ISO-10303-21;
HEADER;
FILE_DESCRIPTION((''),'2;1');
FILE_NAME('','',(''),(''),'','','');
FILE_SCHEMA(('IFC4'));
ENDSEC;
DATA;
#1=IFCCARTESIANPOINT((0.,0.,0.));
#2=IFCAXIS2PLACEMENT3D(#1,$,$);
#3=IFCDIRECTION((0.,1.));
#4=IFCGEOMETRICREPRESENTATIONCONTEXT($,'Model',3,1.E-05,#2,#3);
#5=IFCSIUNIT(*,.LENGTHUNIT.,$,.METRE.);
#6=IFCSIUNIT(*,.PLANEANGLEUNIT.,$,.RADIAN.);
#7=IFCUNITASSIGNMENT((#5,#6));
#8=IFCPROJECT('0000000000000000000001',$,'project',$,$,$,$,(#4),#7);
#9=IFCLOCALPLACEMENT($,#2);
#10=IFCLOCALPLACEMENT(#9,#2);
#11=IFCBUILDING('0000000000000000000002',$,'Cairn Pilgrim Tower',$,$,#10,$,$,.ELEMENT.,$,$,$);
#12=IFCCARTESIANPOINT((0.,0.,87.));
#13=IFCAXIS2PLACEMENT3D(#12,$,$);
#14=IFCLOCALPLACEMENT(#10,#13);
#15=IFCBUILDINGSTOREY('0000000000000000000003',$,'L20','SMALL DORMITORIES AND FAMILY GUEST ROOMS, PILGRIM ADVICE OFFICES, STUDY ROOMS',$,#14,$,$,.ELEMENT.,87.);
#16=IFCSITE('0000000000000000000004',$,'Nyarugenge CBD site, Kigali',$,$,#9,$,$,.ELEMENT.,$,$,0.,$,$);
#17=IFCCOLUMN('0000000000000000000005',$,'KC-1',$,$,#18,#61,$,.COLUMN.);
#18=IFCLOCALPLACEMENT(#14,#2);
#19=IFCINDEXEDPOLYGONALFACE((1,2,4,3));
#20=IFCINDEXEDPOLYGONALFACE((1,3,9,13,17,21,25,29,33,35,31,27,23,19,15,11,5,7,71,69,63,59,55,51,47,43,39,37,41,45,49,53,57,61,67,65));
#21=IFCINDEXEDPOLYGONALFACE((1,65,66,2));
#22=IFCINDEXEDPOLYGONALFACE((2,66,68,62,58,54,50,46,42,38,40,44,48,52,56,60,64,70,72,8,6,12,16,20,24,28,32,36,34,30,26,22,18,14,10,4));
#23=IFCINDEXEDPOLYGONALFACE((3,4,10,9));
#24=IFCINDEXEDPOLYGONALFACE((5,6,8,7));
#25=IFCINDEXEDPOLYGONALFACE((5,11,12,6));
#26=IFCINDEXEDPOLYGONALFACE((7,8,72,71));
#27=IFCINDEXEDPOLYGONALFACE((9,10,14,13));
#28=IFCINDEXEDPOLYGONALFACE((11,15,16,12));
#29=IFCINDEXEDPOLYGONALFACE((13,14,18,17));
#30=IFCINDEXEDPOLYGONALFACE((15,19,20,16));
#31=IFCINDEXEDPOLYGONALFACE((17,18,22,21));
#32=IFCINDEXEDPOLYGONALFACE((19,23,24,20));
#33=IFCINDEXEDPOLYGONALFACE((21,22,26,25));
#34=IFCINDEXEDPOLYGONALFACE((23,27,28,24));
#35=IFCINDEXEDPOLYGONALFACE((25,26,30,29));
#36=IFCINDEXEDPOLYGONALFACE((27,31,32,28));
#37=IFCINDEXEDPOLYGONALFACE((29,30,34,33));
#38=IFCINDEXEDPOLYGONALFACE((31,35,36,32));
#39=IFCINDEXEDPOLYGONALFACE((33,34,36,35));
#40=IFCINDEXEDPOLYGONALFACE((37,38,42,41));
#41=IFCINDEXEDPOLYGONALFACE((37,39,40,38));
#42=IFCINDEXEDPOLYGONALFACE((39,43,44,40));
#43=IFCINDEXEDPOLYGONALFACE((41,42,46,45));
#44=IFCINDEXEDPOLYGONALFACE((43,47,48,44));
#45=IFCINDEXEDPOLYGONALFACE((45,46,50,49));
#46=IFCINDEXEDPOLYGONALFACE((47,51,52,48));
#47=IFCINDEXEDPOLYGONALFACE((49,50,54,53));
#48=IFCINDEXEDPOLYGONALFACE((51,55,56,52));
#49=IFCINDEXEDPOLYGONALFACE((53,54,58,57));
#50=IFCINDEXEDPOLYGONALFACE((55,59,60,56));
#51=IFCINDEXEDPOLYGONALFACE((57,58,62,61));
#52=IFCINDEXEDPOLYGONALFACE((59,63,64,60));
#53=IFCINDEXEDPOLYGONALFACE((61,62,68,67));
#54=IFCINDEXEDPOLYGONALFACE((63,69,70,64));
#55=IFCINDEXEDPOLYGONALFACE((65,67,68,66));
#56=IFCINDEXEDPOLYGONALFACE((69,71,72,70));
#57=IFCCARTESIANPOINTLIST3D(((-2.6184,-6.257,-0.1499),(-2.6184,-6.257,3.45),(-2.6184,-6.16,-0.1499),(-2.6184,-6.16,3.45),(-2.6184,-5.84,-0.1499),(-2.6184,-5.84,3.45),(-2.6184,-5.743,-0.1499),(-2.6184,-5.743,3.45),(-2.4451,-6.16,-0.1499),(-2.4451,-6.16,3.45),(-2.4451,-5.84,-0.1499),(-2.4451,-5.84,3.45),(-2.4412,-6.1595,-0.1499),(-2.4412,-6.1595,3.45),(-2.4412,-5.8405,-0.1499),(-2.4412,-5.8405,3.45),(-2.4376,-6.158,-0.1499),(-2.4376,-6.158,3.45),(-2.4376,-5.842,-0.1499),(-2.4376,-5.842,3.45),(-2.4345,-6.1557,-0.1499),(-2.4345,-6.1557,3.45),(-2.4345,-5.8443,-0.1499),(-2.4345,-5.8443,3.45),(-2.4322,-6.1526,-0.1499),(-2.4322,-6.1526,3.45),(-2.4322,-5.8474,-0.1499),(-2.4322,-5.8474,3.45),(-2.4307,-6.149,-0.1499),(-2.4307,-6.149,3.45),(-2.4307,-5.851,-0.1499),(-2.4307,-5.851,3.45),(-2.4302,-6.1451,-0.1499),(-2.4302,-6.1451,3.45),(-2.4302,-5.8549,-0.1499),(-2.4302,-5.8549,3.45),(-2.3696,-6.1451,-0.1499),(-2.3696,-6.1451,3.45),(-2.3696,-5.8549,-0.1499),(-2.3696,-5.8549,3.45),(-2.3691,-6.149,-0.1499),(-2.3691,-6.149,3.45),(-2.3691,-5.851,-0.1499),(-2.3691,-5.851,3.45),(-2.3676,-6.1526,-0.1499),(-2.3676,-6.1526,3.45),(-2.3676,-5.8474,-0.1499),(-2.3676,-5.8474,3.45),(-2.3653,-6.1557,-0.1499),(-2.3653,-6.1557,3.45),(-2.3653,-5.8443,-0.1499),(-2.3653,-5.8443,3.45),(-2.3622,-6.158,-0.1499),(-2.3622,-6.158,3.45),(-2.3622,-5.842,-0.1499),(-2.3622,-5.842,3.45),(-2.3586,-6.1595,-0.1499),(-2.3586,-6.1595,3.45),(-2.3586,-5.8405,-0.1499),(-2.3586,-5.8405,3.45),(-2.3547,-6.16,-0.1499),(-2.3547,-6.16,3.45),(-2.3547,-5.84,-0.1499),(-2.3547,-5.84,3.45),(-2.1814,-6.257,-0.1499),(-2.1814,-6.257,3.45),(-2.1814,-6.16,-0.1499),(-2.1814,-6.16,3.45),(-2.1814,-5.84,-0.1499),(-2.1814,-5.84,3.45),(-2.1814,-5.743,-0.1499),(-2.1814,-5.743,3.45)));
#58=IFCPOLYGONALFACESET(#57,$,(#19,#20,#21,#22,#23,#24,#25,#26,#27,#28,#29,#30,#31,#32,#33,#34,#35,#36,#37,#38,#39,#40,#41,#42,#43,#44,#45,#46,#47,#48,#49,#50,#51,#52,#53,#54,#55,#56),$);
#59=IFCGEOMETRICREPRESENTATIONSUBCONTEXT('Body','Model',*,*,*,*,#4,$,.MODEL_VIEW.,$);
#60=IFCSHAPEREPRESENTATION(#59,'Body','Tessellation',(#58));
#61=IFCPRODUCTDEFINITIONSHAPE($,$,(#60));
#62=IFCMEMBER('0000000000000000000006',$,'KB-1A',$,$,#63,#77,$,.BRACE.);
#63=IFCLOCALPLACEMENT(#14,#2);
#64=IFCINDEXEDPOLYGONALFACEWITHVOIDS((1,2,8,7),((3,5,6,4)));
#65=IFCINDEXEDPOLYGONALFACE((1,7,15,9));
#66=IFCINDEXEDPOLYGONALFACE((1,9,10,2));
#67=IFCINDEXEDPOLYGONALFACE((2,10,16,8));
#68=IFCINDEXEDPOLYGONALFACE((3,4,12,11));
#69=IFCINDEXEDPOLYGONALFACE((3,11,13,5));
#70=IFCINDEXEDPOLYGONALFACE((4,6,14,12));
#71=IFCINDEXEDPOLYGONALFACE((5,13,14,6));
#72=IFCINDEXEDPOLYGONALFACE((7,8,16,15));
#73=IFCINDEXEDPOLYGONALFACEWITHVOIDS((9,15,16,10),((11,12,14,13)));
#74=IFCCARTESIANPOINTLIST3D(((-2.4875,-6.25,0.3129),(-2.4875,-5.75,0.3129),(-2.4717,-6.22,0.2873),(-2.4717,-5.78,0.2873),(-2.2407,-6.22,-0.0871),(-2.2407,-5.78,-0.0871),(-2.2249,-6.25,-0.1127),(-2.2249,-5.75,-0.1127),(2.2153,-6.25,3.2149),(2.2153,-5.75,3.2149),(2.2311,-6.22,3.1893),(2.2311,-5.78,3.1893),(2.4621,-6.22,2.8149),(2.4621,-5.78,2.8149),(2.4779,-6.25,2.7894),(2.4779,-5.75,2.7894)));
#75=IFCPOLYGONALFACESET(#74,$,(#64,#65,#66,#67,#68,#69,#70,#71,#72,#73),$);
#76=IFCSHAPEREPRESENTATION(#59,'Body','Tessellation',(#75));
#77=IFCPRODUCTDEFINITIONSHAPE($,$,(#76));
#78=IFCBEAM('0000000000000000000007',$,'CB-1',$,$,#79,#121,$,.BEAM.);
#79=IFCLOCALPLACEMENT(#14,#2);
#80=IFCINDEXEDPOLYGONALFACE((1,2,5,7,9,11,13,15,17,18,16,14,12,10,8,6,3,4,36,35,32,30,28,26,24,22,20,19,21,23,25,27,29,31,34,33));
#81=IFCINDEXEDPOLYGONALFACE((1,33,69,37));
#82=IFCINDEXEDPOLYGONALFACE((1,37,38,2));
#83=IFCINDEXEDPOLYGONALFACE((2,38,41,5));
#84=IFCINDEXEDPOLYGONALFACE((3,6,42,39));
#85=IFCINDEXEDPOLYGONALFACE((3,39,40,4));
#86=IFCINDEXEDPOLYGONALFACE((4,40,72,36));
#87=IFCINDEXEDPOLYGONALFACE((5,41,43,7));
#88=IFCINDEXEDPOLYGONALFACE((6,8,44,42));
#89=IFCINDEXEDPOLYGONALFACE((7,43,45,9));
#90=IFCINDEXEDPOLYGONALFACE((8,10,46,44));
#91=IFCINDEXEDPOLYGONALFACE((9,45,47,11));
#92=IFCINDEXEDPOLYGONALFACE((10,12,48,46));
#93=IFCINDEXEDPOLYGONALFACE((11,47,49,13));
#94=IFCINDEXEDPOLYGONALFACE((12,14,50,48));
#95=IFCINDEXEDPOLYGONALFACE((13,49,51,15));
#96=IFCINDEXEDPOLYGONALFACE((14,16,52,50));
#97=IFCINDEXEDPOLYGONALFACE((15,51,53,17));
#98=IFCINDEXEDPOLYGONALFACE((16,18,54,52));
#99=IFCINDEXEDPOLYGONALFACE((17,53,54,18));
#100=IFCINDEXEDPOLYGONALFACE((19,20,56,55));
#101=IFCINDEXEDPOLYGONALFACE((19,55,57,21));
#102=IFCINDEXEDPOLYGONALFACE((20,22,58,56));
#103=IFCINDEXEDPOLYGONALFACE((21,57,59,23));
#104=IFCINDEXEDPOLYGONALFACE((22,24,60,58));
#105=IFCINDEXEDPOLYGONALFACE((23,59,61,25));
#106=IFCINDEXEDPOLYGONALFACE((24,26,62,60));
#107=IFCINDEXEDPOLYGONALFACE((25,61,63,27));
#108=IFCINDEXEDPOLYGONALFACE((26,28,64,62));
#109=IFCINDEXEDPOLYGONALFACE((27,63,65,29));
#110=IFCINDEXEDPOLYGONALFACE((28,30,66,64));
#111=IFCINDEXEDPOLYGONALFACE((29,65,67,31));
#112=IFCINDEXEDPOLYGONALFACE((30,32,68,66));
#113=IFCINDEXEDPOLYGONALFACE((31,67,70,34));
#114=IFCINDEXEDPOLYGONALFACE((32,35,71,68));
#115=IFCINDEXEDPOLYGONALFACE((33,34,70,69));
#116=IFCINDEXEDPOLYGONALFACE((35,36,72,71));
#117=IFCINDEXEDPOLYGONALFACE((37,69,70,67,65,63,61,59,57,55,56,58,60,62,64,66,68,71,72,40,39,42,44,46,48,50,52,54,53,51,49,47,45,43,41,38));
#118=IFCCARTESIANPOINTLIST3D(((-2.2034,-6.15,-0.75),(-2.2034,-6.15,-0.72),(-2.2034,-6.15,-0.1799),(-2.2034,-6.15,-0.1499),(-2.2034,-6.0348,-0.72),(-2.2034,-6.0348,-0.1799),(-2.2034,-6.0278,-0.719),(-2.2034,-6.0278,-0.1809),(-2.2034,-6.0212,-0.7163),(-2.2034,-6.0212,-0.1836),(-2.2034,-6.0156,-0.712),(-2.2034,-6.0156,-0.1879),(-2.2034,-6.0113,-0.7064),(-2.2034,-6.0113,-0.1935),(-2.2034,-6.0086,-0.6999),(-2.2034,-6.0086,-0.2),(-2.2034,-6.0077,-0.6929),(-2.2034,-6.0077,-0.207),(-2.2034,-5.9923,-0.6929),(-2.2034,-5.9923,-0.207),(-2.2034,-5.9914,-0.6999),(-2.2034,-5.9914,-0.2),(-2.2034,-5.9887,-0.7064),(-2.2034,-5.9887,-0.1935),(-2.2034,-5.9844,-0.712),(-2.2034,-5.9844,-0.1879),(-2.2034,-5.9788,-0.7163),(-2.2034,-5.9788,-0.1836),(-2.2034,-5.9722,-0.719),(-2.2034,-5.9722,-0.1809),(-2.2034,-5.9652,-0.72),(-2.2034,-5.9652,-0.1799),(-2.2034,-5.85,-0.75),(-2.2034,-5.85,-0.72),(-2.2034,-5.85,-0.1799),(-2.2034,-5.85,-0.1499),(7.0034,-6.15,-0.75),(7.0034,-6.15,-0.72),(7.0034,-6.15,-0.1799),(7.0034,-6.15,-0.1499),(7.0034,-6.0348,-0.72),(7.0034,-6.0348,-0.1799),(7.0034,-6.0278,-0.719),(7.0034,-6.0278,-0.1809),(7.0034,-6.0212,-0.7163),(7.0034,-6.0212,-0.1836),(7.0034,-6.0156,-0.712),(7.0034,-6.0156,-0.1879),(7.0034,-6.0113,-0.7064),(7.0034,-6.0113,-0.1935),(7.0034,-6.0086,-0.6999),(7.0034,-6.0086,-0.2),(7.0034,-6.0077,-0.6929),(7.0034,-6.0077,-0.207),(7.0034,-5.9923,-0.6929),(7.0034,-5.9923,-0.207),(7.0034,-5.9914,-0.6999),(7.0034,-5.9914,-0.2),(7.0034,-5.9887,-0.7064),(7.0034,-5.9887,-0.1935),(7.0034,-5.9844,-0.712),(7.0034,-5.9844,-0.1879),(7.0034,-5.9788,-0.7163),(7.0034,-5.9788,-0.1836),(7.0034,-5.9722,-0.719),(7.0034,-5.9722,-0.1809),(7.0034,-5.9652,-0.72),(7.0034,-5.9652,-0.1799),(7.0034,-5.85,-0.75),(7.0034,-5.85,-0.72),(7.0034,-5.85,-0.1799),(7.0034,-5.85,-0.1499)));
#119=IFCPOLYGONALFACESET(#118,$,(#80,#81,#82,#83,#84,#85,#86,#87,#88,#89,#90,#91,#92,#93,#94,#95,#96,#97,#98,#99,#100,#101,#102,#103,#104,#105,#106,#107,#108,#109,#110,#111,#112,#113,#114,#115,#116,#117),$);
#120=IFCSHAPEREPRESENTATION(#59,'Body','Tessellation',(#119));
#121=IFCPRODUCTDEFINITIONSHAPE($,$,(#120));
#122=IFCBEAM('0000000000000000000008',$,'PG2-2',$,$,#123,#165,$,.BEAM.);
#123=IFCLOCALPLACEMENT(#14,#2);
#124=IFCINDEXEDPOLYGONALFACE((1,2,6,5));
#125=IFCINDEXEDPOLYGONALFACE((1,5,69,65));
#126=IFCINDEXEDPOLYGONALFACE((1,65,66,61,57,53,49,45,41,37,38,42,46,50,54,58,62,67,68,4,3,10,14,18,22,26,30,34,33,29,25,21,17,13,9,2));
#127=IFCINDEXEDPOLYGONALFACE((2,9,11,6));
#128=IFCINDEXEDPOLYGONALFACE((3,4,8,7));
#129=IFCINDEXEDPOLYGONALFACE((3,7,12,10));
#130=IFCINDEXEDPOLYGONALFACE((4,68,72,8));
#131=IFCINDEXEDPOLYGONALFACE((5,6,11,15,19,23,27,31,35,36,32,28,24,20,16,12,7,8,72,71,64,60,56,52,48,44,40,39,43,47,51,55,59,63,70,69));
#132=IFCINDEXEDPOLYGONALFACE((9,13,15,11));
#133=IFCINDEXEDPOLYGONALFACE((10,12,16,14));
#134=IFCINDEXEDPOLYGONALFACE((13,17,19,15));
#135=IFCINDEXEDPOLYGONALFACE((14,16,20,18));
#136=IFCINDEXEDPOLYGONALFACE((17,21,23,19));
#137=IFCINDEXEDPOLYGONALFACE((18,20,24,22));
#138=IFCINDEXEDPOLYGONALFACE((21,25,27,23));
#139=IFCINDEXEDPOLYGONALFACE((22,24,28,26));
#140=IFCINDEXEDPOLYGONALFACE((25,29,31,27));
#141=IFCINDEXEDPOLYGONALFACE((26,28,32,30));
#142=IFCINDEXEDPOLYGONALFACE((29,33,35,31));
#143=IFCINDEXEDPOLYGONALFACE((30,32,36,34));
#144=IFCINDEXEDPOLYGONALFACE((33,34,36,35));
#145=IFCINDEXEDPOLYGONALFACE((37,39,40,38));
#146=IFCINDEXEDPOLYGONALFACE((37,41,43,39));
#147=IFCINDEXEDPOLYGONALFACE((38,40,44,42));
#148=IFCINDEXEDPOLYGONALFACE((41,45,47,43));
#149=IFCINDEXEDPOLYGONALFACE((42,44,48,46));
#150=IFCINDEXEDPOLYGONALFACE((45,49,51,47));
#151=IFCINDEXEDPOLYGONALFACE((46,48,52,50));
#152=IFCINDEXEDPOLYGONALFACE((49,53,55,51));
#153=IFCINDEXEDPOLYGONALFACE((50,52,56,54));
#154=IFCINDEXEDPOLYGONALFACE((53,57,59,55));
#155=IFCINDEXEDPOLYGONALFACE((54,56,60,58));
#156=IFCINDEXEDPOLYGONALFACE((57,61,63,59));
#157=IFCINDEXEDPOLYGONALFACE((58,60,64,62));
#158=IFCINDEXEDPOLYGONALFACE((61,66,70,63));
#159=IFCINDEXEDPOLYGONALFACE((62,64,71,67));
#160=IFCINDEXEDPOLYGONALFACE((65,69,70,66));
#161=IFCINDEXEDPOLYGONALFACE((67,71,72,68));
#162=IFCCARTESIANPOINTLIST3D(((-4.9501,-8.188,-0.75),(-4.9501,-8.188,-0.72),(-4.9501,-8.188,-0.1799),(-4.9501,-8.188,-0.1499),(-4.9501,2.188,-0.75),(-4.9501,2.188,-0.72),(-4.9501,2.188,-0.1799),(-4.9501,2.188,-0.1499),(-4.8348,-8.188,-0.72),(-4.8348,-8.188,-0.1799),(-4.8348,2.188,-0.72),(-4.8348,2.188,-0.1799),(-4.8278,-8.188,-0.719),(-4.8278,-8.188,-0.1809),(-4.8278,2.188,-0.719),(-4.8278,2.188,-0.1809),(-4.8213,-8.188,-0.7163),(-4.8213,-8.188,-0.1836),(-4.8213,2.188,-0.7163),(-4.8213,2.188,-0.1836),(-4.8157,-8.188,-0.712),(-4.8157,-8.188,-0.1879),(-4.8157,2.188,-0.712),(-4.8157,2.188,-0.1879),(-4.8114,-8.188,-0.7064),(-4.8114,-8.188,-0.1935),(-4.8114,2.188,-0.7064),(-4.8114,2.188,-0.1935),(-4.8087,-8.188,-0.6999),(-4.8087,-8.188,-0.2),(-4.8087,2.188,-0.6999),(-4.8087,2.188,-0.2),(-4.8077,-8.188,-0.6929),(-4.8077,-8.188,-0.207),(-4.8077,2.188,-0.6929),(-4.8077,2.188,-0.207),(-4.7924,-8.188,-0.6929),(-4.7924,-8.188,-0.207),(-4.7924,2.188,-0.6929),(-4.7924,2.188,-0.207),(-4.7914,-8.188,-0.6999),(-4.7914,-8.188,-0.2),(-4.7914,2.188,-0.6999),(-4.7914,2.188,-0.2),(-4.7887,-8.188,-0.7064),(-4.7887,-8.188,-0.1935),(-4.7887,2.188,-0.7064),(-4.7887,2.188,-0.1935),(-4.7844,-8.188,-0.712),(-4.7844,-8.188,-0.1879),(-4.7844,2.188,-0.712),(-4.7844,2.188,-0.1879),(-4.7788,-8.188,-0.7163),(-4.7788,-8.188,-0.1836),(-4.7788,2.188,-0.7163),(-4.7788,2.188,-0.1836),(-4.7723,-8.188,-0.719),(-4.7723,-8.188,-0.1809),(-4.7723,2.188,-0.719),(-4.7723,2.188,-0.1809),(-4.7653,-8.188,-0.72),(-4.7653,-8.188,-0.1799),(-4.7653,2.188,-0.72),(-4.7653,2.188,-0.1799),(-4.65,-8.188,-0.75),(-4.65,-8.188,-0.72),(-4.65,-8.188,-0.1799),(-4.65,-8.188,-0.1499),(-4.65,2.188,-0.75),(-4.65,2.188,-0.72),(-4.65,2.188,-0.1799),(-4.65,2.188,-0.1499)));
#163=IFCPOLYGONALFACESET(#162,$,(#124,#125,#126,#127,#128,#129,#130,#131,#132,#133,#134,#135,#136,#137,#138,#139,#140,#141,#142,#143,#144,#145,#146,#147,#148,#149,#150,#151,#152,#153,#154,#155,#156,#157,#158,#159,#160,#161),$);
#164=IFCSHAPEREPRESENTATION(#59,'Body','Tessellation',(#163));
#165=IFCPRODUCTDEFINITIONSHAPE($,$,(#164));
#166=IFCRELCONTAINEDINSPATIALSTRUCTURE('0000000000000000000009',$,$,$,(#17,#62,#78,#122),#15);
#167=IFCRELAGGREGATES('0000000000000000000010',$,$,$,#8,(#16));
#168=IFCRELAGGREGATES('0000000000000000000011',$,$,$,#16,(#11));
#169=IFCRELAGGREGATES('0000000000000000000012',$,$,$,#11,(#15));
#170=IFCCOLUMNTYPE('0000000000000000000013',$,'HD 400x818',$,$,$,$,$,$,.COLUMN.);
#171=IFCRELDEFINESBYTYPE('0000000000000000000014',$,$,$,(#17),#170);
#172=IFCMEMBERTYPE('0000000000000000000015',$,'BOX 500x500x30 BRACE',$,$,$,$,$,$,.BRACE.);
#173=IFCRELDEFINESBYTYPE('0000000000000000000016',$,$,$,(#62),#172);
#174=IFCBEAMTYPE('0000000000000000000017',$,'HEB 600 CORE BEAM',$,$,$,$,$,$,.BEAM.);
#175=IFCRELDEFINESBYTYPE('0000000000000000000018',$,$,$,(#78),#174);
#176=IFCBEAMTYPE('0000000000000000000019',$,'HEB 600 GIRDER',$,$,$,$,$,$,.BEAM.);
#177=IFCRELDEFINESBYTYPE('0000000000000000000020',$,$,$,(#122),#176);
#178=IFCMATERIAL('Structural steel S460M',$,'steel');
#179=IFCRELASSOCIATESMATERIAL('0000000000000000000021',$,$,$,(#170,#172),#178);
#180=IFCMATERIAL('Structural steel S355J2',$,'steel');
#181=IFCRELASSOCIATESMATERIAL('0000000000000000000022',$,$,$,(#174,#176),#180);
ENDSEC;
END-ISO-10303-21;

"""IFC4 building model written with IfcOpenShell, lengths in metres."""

from ifc_helpers import new_model, si_unit, direction, frame, origin, origin_2d, place, context, subcontext, project, spatial, hollow_rectangle, i_section, extrude, material, material_profile, profile_set, type_object, element, save


model = new_model("IFC4")

# Units and contexts
model_context = context("Model", 3, precision=1e-05, world=origin(), true_north=direction((0.0, 1.0)))
body_context = subcontext(model_context, "Body", "Model", "MODEL_VIEW")
ifc_project = project(units=[si_unit("LENGTHUNIT", "METRE"), si_unit("PLANEANGLEUNIT", "RADIAN")], contexts=[model_context])

# Site, building, storey
site_placement = place(None, origin())
site = spatial("IfcSite", under=ifc_project, at=site_placement, Name="Nyarugenge CBD site, Kigali", CompositionType="ELEMENT", RefElevation=0.0)
building_placement = place(site_placement, origin())
building = spatial("IfcBuilding", under=site, at=building_placement, Name="Cairn Pilgrim Tower", CompositionType="ELEMENT")
storey_placement = place(building_placement, frame((0.0, 0.0, 87.0)))
storey = spatial("IfcBuildingStorey", under=building, at=storey_placement, Name="L20", Description="SMALL DORMITORIES AND FAMILY GUEST ROOMS, PILGRIM ADVICE OFFICES, STUDY ROOMS", CompositionType="ELEMENT", Elevation=87.0)

# Column
ifc_material_1 = material(Name="Structural steel S460M", Category="steel")
ifc_material_profile_1 = material_profile(ifc_material_1, i_section(OverallWidth=0.437, OverallDepth=0.5139, WebThickness=0.0605, FlangeThickness=0.0969, FilletRadius=0.0149, at=origin_2d()), Name="HD 400x818")
ifc_profile_set_1 = profile_set([ifc_material_profile_1], Name="Structural steel S460M")
column_type = type_object("IfcColumnType", Name="HD 400x818", PredefinedType="COLUMN", material=ifc_profile_set_1)
column_placement = place(storey_placement, frame((-2.3999, -6.0, -0.1499), z_axis=(0.0, 0.0, 1.0), x_axis=(1.0, 0.0, 0.0)))
element("IfcColumn", 1, at=column_placement, inside=storey, type_object=column_type, Name="KC-1", PredefinedType="COLUMN", context=body_context, shape_type="SweptSolid", body=[
    extrude(i_section(OverallWidth=0.437, OverallDepth=0.5139, WebThickness=0.0605, FlangeThickness=0.0969, FilletRadius=0.0149, at=origin_2d()), origin(), (0.0, 0.0, 1.0), 3.5999),
])

# Member
ifc_material_profile_2 = material_profile(ifc_material_1, hollow_rectangle(XDim=0.5, YDim=0.5, WallThickness=0.03, at=origin_2d()), Name="BOX 500x500x30")
ifc_profile_set_2 = profile_set([ifc_material_profile_2], Name="Structural steel S460M")
member_type = type_object("IfcMemberType", Name="BOX 500x500x30 BRACE", PredefinedType="BRACE", material=ifc_profile_set_2)
member_placement = place(storey_placement, frame((-2.3562, -6.0, 0.1001), z_axis=(0.85101, 0.0, 0.52515), x_axis=(0.0, 1.0, 0.0)))
element("IfcMember", 2, at=member_placement, inside=storey, type_object=member_type, Name="KB-1A", PredefinedType="BRACE", context=body_context, shape_type="SweptSolid", body=[
    extrude(hollow_rectangle(XDim=0.5, YDim=0.5, WallThickness=0.03, at=origin_2d()), origin(), (0.0, 0.0, 1.0), 5.5261),
])

# Beams
ifc_material_2 = material(Name="Structural steel S355J2", Category="steel")
ifc_material_profile_3 = material_profile(ifc_material_2, i_section(OverallWidth=0.3, OverallDepth=0.6001, WebThickness=0.0154, FlangeThickness=0.03, FilletRadius=0.0271, at=origin_2d()), Name="HEB 600")
ifc_profile_set_3 = profile_set([ifc_material_profile_3], Name="Structural steel S355J2")
beam_type_1 = type_object("IfcBeamType", Name="HEB 600 CORE BEAM", PredefinedType="BEAM", material=ifc_profile_set_3)
beam_1_placement = place(storey_placement, frame((-2.2034, -6.0, -0.45), z_axis=(1.0, 0.0, 0.0), x_axis=(0.0, 1.0, 0.0)))
element("IfcBeam", 3, at=beam_1_placement, inside=storey, type_object=beam_type_1, Name="CB-1", PredefinedType="BEAM", context=body_context, shape_type="SweptSolid", body=[
    extrude(i_section(OverallWidth=0.3, OverallDepth=0.6001, WebThickness=0.0154, FlangeThickness=0.03, FilletRadius=0.0271, at=origin_2d()), origin(), (0.0, 0.0, 1.0), 9.2068),
])
ifc_material_profile_4 = material_profile(ifc_material_2, i_section(OverallWidth=0.3, OverallDepth=0.6001, WebThickness=0.0154, FlangeThickness=0.03, FilletRadius=0.0271, at=origin_2d()), Name="HEB 600")
ifc_profile_set_4 = profile_set([ifc_material_profile_4], Name="Structural steel S355J2")
beam_type_2 = type_object("IfcBeamType", Name="HEB 600 GIRDER", PredefinedType="BEAM", material=ifc_profile_set_4)
beam_2_placement = place(storey_placement, frame((-4.8, -8.188, -0.45), z_axis=(0.0, 1.0, 0.0), x_axis=(-1.0, 0.0, 0.0)))
element("IfcBeam", 4, at=beam_2_placement, inside=storey, type_object=beam_type_2, Name="PG2-2", PredefinedType="BEAM", context=body_context, shape_type="SweptSolid", body=[
    extrude(i_section(OverallWidth=0.3, OverallDepth=0.6001, WebThickness=0.0154, FlangeThickness=0.03, FilletRadius=0.0271, at=origin_2d()), origin(), (0.0, 0.0, 1.0), 10.376),
])

save(model, "model.ifc")
